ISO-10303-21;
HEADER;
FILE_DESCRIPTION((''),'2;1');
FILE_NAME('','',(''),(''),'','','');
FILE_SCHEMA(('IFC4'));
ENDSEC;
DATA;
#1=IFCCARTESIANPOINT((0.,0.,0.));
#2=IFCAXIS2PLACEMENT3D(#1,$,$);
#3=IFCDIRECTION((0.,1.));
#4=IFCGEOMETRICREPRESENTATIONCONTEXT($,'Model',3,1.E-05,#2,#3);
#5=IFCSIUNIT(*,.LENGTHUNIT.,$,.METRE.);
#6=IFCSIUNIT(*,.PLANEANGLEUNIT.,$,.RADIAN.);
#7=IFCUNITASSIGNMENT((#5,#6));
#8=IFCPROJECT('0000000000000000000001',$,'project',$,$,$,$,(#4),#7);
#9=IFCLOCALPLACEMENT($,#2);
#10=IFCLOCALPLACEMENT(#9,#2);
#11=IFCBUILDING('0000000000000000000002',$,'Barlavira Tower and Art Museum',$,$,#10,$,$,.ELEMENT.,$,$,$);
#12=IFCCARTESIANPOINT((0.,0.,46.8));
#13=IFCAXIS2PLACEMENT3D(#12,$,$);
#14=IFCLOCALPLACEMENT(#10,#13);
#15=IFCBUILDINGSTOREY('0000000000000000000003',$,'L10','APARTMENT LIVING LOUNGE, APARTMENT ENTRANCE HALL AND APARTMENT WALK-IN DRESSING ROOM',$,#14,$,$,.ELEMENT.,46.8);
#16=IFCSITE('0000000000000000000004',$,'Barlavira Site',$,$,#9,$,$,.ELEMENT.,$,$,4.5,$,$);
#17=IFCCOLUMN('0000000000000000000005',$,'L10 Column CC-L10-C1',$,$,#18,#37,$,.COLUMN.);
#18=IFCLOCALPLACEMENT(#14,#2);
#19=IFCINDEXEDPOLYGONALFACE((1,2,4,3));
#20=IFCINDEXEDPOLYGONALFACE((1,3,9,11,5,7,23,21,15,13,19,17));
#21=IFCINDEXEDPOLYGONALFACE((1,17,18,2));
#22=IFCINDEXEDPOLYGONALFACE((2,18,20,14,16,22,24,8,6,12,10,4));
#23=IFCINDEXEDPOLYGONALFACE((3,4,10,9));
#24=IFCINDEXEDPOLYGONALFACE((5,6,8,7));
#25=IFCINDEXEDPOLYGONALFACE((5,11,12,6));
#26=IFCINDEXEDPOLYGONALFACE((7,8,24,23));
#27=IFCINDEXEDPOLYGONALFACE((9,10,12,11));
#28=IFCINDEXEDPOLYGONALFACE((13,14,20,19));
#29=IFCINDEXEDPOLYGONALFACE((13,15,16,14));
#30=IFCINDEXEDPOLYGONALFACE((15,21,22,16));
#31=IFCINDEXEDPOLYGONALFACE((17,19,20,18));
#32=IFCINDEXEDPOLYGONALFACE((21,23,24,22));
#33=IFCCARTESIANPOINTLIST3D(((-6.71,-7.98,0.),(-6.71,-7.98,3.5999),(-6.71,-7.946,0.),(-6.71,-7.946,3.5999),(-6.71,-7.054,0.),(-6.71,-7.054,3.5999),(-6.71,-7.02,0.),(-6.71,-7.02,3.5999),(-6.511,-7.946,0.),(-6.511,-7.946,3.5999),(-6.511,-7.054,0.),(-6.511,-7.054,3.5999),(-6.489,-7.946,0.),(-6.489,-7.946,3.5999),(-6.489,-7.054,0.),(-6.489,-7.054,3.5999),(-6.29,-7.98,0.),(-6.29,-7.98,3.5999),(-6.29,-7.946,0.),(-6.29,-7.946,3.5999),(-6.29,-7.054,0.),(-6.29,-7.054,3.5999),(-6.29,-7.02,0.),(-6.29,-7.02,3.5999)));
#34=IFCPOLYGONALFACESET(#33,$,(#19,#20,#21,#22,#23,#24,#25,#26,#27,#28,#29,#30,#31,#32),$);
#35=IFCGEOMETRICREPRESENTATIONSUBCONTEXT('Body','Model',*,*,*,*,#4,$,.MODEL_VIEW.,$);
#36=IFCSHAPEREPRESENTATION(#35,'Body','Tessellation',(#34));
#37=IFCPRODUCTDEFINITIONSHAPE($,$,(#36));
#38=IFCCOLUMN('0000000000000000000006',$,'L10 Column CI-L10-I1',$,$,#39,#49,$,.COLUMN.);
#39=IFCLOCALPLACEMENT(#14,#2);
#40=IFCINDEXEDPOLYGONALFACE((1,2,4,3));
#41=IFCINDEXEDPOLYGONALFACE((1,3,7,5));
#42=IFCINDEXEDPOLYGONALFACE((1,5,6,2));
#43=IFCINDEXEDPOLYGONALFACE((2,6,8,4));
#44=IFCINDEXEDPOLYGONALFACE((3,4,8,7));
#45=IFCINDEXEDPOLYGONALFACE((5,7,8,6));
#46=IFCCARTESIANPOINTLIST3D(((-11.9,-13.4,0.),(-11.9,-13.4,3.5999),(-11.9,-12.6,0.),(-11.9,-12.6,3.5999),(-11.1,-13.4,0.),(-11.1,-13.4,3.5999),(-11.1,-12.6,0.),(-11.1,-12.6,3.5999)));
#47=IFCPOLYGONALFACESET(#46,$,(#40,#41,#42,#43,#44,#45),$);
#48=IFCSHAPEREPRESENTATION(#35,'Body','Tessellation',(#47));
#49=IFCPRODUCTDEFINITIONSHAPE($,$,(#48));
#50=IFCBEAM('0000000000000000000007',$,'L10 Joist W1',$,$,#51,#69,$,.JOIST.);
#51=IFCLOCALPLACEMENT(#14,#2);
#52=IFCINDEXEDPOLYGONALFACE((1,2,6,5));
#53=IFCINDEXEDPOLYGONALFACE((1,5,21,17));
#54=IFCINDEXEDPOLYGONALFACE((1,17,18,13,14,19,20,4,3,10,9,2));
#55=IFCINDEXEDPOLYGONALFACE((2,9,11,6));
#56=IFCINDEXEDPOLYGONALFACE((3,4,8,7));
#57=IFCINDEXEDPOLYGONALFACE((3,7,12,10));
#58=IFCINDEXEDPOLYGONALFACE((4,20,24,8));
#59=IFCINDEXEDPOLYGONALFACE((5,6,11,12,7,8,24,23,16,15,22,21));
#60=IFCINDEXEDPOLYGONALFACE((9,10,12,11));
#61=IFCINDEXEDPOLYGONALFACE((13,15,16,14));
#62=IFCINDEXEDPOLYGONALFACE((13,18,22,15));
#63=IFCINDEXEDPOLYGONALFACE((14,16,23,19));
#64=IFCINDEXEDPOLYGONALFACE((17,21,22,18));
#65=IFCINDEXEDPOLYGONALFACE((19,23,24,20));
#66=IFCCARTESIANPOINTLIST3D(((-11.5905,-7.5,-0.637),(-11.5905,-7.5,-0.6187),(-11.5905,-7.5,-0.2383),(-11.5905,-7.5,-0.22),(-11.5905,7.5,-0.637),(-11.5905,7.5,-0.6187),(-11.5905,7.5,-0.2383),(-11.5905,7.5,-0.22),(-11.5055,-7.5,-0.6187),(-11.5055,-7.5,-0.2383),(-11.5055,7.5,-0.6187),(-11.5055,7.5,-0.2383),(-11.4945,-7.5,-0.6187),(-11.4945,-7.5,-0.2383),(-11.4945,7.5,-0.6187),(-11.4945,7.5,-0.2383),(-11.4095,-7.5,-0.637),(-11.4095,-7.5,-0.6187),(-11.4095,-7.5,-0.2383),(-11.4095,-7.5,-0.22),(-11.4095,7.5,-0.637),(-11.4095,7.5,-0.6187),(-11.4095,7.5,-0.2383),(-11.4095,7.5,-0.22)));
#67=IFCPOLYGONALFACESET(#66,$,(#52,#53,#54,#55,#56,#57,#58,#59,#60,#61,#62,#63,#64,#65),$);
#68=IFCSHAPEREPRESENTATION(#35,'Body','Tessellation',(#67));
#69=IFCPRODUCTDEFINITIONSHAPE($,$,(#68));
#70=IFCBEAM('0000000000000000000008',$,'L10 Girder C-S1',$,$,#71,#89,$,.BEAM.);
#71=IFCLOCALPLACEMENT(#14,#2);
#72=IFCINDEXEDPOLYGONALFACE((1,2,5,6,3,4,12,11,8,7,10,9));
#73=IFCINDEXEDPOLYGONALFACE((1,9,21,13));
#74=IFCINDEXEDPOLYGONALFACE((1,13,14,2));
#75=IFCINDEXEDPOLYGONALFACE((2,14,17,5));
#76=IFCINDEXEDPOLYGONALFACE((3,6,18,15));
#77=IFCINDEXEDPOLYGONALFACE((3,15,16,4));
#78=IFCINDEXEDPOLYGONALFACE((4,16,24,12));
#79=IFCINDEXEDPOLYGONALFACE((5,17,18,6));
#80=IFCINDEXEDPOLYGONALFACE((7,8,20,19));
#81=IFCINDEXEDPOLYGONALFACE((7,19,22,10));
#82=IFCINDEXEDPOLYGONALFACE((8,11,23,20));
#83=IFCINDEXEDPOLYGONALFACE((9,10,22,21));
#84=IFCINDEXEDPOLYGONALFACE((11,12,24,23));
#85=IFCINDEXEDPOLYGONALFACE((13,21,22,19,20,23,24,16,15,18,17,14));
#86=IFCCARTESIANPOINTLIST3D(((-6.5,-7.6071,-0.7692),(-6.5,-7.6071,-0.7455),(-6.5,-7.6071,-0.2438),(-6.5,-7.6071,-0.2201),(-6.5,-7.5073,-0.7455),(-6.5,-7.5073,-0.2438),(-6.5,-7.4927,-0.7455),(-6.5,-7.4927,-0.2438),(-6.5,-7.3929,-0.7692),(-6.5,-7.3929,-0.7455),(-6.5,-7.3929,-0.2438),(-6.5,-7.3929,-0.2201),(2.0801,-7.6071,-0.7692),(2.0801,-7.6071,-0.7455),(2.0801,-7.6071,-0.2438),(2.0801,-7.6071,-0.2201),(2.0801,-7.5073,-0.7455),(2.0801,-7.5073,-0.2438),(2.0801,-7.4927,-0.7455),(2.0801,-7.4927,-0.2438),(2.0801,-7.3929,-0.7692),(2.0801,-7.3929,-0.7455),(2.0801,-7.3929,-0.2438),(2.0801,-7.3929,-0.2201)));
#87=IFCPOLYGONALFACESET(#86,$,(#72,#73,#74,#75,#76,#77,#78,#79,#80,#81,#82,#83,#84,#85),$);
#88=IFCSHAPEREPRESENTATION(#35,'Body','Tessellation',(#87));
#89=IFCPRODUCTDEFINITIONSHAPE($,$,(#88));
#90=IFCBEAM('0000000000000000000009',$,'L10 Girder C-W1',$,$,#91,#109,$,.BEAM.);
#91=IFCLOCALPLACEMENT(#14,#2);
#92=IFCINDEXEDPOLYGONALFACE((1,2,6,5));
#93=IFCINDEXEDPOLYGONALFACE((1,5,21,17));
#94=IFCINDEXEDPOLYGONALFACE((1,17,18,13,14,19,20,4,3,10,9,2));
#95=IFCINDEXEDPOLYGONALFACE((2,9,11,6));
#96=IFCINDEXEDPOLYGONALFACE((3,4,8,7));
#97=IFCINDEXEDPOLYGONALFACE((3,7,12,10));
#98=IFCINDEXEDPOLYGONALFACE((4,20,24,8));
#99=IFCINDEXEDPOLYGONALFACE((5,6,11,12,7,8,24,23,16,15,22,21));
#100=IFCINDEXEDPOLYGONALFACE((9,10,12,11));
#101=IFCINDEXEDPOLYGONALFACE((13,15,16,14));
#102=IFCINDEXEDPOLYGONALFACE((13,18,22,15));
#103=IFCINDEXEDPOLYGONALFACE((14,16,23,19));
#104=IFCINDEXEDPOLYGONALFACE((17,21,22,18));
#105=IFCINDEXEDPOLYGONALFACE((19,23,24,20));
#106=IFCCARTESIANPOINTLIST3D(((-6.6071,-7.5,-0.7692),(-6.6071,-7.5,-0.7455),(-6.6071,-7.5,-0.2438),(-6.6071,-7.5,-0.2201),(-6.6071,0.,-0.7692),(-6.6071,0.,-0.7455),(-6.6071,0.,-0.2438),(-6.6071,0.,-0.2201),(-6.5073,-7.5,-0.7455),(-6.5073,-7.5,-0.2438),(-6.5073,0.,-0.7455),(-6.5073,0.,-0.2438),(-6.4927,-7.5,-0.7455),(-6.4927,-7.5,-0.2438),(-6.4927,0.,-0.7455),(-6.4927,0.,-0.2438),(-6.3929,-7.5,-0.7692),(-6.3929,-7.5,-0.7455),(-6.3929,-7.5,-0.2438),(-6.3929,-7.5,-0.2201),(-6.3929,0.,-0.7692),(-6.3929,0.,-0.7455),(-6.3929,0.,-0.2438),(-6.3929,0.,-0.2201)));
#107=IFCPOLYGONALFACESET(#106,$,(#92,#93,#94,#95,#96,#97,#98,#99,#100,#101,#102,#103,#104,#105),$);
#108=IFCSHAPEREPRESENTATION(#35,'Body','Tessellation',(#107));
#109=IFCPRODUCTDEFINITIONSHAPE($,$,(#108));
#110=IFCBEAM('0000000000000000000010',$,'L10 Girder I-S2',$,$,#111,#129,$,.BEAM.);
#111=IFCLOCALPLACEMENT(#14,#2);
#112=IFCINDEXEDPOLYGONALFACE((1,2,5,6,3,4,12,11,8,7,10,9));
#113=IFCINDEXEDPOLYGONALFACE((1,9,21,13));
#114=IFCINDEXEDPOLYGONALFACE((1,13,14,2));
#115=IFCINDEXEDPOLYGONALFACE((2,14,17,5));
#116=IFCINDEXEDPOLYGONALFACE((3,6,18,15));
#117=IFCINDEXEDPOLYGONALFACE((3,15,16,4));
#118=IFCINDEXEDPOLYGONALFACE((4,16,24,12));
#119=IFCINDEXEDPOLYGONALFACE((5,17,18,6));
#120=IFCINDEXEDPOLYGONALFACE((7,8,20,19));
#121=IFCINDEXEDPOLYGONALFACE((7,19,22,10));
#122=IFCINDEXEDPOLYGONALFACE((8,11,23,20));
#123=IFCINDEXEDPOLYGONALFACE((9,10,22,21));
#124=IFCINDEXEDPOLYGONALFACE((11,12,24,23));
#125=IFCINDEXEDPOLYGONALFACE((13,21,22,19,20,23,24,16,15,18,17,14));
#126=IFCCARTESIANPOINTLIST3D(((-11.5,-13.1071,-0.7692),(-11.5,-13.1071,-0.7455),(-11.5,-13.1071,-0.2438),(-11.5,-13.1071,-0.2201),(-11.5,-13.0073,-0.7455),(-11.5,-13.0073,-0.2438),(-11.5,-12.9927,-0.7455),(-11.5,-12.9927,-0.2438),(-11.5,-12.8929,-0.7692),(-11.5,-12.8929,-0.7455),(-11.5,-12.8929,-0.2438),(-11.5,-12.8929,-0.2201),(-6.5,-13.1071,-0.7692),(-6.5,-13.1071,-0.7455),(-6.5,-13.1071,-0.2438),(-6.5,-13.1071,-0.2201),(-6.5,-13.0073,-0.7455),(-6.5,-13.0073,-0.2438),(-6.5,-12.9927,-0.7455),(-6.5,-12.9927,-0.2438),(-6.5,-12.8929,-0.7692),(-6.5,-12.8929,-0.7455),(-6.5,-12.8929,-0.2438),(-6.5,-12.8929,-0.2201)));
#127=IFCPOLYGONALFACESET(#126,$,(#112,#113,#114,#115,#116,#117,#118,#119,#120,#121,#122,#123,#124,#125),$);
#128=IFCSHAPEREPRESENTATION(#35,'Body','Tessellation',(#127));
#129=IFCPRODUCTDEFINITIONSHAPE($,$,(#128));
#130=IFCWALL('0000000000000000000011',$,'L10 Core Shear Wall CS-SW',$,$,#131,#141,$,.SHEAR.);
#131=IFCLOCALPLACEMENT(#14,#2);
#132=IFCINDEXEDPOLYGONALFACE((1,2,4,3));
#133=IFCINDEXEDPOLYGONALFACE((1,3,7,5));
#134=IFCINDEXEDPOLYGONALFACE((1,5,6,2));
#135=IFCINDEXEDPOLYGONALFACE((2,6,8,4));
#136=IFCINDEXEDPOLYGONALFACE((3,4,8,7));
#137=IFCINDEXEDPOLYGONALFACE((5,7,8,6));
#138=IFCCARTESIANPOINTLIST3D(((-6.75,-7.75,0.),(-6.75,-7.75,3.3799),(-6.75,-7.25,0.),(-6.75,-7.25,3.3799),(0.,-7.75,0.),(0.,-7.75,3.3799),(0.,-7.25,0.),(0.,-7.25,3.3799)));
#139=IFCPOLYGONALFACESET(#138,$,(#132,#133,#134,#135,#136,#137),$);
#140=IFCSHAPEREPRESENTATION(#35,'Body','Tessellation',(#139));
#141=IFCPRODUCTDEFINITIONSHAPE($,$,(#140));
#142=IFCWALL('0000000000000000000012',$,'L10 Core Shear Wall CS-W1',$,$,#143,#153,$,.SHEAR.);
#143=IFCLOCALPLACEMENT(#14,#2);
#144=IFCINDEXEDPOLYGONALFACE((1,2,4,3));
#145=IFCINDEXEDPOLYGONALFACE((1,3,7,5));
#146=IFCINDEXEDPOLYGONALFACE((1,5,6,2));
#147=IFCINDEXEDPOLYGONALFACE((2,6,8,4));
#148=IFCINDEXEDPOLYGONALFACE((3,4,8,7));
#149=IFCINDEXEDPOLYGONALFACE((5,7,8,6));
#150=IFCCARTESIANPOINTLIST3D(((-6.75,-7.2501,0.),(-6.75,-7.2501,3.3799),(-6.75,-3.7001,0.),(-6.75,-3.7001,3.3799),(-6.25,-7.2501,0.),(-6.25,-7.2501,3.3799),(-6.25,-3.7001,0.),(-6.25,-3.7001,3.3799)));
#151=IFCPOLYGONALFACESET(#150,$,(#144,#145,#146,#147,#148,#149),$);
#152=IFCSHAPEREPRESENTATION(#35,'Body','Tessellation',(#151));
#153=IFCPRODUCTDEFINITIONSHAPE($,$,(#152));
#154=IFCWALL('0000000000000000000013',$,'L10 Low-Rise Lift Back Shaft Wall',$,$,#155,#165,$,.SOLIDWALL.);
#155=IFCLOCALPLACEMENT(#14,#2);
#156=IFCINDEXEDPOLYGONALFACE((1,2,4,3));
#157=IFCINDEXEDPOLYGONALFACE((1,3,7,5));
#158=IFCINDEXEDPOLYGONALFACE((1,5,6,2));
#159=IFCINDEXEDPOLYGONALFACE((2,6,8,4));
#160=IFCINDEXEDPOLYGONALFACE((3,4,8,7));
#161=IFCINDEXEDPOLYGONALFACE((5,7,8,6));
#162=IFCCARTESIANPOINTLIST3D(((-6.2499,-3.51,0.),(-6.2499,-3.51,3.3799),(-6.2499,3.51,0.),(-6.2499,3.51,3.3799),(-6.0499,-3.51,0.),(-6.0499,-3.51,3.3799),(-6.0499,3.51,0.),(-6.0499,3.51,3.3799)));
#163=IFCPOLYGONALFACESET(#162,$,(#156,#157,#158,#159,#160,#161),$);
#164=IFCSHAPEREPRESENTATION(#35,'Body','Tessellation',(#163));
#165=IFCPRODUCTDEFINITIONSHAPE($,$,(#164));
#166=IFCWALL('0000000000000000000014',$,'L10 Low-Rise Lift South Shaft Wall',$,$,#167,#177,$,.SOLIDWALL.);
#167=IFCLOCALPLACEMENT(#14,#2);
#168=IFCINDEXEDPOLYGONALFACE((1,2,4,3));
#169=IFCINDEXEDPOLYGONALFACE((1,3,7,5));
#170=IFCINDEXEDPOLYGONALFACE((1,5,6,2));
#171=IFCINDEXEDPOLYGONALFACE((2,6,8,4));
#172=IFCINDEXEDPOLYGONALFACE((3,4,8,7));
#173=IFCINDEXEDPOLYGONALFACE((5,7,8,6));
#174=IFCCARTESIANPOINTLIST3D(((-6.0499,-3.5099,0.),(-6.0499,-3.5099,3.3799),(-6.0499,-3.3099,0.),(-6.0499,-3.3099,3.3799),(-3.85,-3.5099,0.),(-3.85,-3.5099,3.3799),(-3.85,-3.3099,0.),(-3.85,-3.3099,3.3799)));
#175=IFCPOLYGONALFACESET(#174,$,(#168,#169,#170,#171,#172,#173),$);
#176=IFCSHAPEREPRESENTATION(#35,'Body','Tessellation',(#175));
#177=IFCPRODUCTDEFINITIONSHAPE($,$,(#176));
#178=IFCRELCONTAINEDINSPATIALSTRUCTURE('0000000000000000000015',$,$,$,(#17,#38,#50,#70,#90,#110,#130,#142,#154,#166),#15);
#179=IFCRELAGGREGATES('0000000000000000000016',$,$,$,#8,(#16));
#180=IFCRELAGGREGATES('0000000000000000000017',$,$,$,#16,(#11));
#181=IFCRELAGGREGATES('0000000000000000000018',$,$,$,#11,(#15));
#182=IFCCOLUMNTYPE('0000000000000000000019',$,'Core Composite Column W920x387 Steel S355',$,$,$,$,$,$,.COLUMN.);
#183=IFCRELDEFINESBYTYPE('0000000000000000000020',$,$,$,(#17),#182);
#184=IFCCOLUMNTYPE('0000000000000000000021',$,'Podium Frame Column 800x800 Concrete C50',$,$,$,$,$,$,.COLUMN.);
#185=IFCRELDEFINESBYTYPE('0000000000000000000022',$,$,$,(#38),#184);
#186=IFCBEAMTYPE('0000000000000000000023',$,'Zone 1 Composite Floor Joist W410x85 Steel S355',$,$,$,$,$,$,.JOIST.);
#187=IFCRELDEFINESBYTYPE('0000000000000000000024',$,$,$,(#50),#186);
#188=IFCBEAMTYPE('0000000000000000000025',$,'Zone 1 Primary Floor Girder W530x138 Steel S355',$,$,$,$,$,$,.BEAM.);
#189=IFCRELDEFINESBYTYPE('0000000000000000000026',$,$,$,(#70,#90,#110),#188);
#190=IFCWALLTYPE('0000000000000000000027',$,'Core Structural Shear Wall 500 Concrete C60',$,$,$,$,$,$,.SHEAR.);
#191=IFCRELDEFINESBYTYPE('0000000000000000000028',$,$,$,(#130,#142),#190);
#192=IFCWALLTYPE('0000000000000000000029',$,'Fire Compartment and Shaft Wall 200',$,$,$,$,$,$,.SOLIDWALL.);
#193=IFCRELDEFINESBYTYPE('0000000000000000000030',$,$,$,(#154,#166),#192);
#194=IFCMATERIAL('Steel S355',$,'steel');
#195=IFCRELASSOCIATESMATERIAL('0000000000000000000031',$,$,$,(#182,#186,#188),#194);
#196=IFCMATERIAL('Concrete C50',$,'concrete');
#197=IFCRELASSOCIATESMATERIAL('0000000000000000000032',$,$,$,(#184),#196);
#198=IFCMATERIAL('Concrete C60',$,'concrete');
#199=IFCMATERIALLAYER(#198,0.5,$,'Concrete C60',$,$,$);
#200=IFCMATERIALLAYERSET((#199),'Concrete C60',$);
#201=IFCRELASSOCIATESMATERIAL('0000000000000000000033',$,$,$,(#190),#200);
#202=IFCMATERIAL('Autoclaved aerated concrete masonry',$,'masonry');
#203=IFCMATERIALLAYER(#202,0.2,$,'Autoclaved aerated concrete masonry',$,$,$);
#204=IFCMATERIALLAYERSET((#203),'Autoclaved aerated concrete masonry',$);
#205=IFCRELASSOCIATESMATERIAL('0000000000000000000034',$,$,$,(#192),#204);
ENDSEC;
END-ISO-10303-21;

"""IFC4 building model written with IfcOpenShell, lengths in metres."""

from ifc_helpers import new_model, si_unit, direction, frame, frame_2d, origin, origin_2d, place, context, subcontext, project, spatial, rectangle, i_section, extrude, material, layer, layer_set, material_profile, profile_set, type_object, element, save


model = new_model("IFC4")

# Units and contexts
model_context = context("Model", 3, precision=1e-05, world=origin(), true_north=direction((0.0, 1.0)))
body_context = subcontext(model_context, "Body", "Model", "MODEL_VIEW")
ifc_project = project(units=[si_unit("LENGTHUNIT", "METRE"), si_unit("PLANEANGLEUNIT", "RADIAN")], contexts=[model_context])

# Site, building, storey
site_placement = place(None, origin())
site = spatial("IfcSite", under=ifc_project, at=site_placement, Name="Barlavira Site", CompositionType="ELEMENT", RefElevation=4.5)
building_placement = place(site_placement, origin())
building = spatial("IfcBuilding", under=site, at=building_placement, Name="Barlavira Tower and Art Museum", CompositionType="ELEMENT")
storey_placement = place(building_placement, frame((0.0, 0.0, 46.8)))
storey = spatial("IfcBuildingStorey", under=building, at=storey_placement, Name="L10", Description="APARTMENT LIVING LOUNGE, APARTMENT ENTRANCE HALL AND APARTMENT WALK-IN DRESSING ROOM", CompositionType="ELEMENT", Elevation=46.8)

# Columns
ifc_material_1 = material(Name="Steel S355", Category="steel")
ifc_material_profile_1 = material_profile(ifc_material_1, i_section(OverallWidth=0.4199, OverallDepth=0.96, WebThickness=0.022, FlangeThickness=0.0339, at=origin_2d()), Name="W920x387.0")
ifc_profile_set_1 = profile_set([ifc_material_profile_1], Name="Steel S355")
column_type_1 = type_object("IfcColumnType", Name="Core Composite Column W920x387 Steel S355", PredefinedType="COLUMN", material=ifc_profile_set_1)
column_1_placement = place(storey_placement, frame((-6.5, -7.5, 0.0), z_axis=(0.0, 0.0, 1.0), x_axis=(1.0, 0.0, 0.0)))
element("IfcColumn", 1, at=column_1_placement, inside=storey, type_object=column_type_1, Name="L10 Column CC-L10-C1", PredefinedType="COLUMN", context=body_context, shape_type="SweptSolid", body=[
    extrude(i_section(OverallWidth=0.4199, OverallDepth=0.96, WebThickness=0.022, FlangeThickness=0.0339, at=origin_2d()), origin(), (0.0, 0.0, 1.0), 3.5999),
])
ifc_material_2 = material(Name="Concrete C50", Category="concrete")
ifc_material_profile_2 = material_profile(ifc_material_2, rectangle(XDim=0.8, YDim=0.8, at=origin_2d()), Name="RC-COL 800x800")
ifc_profile_set_2 = profile_set([ifc_material_profile_2], Name="Concrete C50")
column_type_2 = type_object("IfcColumnType", Name="Podium Frame Column 800x800 Concrete C50", PredefinedType="COLUMN", material=ifc_profile_set_2)
column_2_placement = place(storey_placement, frame((-11.5, -13.0, 0.0), z_axis=(0.0, 0.0, 1.0), x_axis=(1.0, 0.0, 0.0)))
element("IfcColumn", 2, at=column_2_placement, inside=storey, type_object=column_type_2, Name="L10 Column CI-L10-I1", PredefinedType="COLUMN", context=body_context, shape_type="SweptSolid", body=[
    extrude(rectangle(XDim=0.8, YDim=0.8, at=origin_2d()), origin(), (0.0, 0.0, 1.0), 3.5999),
])

# Beams
ifc_material_profile_3 = material_profile(ifc_material_1, i_section(OverallWidth=0.1809, OverallDepth=0.417, WebThickness=0.011, FlangeThickness=0.0183, at=origin_2d()), Name="W410x85.0")
ifc_profile_set_3 = profile_set([ifc_material_profile_3], Name="Steel S355")
beam_type_1 = type_object("IfcBeamType", Name="Zone 1 Composite Floor Joist W410x85 Steel S355", PredefinedType="JOIST", material=ifc_profile_set_3)
beam_1_placement = place(storey_placement, frame((-11.5, -7.5, -0.4285), z_axis=(0.0, 1.0, 0.0), x_axis=(-1.0, 0.0, 0.0)))
element("IfcBeam", 3, at=beam_1_placement, inside=storey, type_object=beam_type_1, Name="L10 Joist W1", PredefinedType="JOIST", context=body_context, shape_type="SweptSolid", body=[
    extrude(i_section(OverallWidth=0.1809, OverallDepth=0.417, WebThickness=0.011, FlangeThickness=0.0183, at=origin_2d()), origin(), (0.0, 0.0, 1.0), 15.0),
])
ifc_material_profile_4 = material_profile(ifc_material_1, i_section(OverallWidth=0.2141, OverallDepth=0.5491, WebThickness=0.0146, FlangeThickness=0.0237, at=origin_2d()), Name="W530x138.0")
ifc_profile_set_4 = profile_set([ifc_material_profile_4], Name="Steel S355")
beam_type_2 = type_object("IfcBeamType", Name="Zone 1 Primary Floor Girder W530x138 Steel S355", PredefinedType="BEAM", material=ifc_profile_set_4)
beam_2_placement = place(storey_placement, frame((-6.5, -7.5, -0.4946), z_axis=(1.0, 0.0, 0.0), x_axis=(0.0, 1.0, 0.0)))
element("IfcBeam", 4, at=beam_2_placement, inside=storey, type_object=beam_type_2, Name="L10 Girder C-S1", PredefinedType="BEAM", context=body_context, shape_type="SweptSolid", body=[
    extrude(i_section(OverallWidth=0.2141, OverallDepth=0.5491, WebThickness=0.0146, FlangeThickness=0.0237, at=origin_2d()), origin(), (0.0, 0.0, 1.0), 8.5801),
])
beam_3_placement = place(storey_placement, frame((-6.5, -7.5, -0.4946), z_axis=(0.0, 1.0, 0.0), x_axis=(-1.0, 0.0, 0.0)))
element("IfcBeam", 5, at=beam_3_placement, inside=storey, type_object=beam_type_2, Name="L10 Girder C-W1", PredefinedType="BEAM", context=body_context, shape_type="SweptSolid", body=[
    extrude(i_section(OverallWidth=0.2141, OverallDepth=0.5491, WebThickness=0.0146, FlangeThickness=0.0237, at=origin_2d()), origin(), (0.0, 0.0, 1.0), 7.5),
])
beam_4_placement = place(storey_placement, frame((-11.5, -13.0, -0.4946), z_axis=(1.0, 0.0, 0.0), x_axis=(0.0, 1.0, 0.0)))
element("IfcBeam", 6, at=beam_4_placement, inside=storey, type_object=beam_type_2, Name="L10 Girder I-S2", PredefinedType="BEAM", context=body_context, shape_type="SweptSolid", body=[
    extrude(i_section(OverallWidth=0.2141, OverallDepth=0.5491, WebThickness=0.0146, FlangeThickness=0.0237, at=origin_2d()), origin(), (0.0, 0.0, 1.0), 5.0),
])

# Walls
ifc_material_3 = material(Name="Concrete C60", Category="concrete")
ifc_layer_1 = layer(ifc_material_3, 0.5, Name="Concrete C60")
ifc_layer_set_1 = layer_set([ifc_layer_1], Name="Concrete C60")
wall_type_1 = type_object("IfcWallType", Name="Core Structural Shear Wall 500 Concrete C60", PredefinedType="SHEAR", material=ifc_layer_set_1)
wall_1_placement = place(storey_placement, frame((-6.75, -7.5, 0.0), z_axis=(0.0, 0.0, 1.0), x_axis=(1.0, 0.0, 0.0)))
element("IfcWall", 7, at=wall_1_placement, inside=storey, type_object=wall_type_1, Name="L10 Core Shear Wall CS-SW", PredefinedType="SHEAR", context=body_context, shape_type="SweptSolid", body=[
    extrude(rectangle(XDim=6.75, YDim=0.5, at=frame_2d((3.375, 0.0))), origin(), (0.0, 0.0, 1.0), 3.3799),
])
wall_2_placement = place(storey_placement, frame((-6.5, -7.25, 0.0), z_axis=(0.0, 0.0, 1.0), x_axis=(0.0, 1.0, 0.0)))
element("IfcWall", 8, at=wall_2_placement, inside=storey, type_object=wall_type_1, Name="L10 Core Shear Wall CS-W1", PredefinedType="SHEAR", context=body_context, shape_type="SweptSolid", body=[
    extrude(rectangle(XDim=3.55, YDim=0.5, at=frame_2d((1.7749, 0.0))), origin(), (0.0, 0.0, 1.0), 3.3799),
])

# Shared definitions
ifc_material_4 = material(Name="Autoclaved aerated concrete masonry", Category="masonry")
ifc_layer_2 = layer(ifc_material_4, 0.2, Name="Autoclaved aerated concrete masonry")
ifc_layer_set_2 = layer_set([ifc_layer_2], Name="Autoclaved aerated concrete masonry")
wall_type_2 = type_object("IfcWallType", Name="Fire Compartment and Shaft Wall 200", PredefinedType="SOLIDWALL", material=ifc_layer_set_2)

# Walls
wall_3_placement = place(storey_placement, frame((-6.1499, -3.51, 0.0), z_axis=(0.0, 0.0, 1.0), x_axis=(0.0, 1.0, 0.0)))
element("IfcWall", 9, at=wall_3_placement, inside=storey, type_object=wall_type_2, Name="L10 Low-Rise Lift Back Shaft Wall", PredefinedType="SOLIDWALL", context=body_context, shape_type="SweptSolid", body=[
    extrude(rectangle(XDim=7.02, YDim=0.2, at=frame_2d((3.51, 0.0))), origin(), (0.0, 0.0, 1.0), 3.3799),
])
wall_4_placement = place(storey_placement, frame((-6.05, -3.4099, 0.0), z_axis=(0.0, 0.0, 1.0), x_axis=(1.0, 0.0, 0.0)))
element("IfcWall", 10, at=wall_4_placement, inside=storey, type_object=wall_type_2, Name="L10 Low-Rise Lift South Shaft Wall", PredefinedType="SOLIDWALL", context=body_context, shape_type="SweptSolid", body=[
    extrude(rectangle(XDim=2.2, YDim=0.2, at=frame_2d((1.1001, 0.0))), origin(), (0.0, 0.0, 1.0), 3.3799),
])

save(model, "model.ifc")
